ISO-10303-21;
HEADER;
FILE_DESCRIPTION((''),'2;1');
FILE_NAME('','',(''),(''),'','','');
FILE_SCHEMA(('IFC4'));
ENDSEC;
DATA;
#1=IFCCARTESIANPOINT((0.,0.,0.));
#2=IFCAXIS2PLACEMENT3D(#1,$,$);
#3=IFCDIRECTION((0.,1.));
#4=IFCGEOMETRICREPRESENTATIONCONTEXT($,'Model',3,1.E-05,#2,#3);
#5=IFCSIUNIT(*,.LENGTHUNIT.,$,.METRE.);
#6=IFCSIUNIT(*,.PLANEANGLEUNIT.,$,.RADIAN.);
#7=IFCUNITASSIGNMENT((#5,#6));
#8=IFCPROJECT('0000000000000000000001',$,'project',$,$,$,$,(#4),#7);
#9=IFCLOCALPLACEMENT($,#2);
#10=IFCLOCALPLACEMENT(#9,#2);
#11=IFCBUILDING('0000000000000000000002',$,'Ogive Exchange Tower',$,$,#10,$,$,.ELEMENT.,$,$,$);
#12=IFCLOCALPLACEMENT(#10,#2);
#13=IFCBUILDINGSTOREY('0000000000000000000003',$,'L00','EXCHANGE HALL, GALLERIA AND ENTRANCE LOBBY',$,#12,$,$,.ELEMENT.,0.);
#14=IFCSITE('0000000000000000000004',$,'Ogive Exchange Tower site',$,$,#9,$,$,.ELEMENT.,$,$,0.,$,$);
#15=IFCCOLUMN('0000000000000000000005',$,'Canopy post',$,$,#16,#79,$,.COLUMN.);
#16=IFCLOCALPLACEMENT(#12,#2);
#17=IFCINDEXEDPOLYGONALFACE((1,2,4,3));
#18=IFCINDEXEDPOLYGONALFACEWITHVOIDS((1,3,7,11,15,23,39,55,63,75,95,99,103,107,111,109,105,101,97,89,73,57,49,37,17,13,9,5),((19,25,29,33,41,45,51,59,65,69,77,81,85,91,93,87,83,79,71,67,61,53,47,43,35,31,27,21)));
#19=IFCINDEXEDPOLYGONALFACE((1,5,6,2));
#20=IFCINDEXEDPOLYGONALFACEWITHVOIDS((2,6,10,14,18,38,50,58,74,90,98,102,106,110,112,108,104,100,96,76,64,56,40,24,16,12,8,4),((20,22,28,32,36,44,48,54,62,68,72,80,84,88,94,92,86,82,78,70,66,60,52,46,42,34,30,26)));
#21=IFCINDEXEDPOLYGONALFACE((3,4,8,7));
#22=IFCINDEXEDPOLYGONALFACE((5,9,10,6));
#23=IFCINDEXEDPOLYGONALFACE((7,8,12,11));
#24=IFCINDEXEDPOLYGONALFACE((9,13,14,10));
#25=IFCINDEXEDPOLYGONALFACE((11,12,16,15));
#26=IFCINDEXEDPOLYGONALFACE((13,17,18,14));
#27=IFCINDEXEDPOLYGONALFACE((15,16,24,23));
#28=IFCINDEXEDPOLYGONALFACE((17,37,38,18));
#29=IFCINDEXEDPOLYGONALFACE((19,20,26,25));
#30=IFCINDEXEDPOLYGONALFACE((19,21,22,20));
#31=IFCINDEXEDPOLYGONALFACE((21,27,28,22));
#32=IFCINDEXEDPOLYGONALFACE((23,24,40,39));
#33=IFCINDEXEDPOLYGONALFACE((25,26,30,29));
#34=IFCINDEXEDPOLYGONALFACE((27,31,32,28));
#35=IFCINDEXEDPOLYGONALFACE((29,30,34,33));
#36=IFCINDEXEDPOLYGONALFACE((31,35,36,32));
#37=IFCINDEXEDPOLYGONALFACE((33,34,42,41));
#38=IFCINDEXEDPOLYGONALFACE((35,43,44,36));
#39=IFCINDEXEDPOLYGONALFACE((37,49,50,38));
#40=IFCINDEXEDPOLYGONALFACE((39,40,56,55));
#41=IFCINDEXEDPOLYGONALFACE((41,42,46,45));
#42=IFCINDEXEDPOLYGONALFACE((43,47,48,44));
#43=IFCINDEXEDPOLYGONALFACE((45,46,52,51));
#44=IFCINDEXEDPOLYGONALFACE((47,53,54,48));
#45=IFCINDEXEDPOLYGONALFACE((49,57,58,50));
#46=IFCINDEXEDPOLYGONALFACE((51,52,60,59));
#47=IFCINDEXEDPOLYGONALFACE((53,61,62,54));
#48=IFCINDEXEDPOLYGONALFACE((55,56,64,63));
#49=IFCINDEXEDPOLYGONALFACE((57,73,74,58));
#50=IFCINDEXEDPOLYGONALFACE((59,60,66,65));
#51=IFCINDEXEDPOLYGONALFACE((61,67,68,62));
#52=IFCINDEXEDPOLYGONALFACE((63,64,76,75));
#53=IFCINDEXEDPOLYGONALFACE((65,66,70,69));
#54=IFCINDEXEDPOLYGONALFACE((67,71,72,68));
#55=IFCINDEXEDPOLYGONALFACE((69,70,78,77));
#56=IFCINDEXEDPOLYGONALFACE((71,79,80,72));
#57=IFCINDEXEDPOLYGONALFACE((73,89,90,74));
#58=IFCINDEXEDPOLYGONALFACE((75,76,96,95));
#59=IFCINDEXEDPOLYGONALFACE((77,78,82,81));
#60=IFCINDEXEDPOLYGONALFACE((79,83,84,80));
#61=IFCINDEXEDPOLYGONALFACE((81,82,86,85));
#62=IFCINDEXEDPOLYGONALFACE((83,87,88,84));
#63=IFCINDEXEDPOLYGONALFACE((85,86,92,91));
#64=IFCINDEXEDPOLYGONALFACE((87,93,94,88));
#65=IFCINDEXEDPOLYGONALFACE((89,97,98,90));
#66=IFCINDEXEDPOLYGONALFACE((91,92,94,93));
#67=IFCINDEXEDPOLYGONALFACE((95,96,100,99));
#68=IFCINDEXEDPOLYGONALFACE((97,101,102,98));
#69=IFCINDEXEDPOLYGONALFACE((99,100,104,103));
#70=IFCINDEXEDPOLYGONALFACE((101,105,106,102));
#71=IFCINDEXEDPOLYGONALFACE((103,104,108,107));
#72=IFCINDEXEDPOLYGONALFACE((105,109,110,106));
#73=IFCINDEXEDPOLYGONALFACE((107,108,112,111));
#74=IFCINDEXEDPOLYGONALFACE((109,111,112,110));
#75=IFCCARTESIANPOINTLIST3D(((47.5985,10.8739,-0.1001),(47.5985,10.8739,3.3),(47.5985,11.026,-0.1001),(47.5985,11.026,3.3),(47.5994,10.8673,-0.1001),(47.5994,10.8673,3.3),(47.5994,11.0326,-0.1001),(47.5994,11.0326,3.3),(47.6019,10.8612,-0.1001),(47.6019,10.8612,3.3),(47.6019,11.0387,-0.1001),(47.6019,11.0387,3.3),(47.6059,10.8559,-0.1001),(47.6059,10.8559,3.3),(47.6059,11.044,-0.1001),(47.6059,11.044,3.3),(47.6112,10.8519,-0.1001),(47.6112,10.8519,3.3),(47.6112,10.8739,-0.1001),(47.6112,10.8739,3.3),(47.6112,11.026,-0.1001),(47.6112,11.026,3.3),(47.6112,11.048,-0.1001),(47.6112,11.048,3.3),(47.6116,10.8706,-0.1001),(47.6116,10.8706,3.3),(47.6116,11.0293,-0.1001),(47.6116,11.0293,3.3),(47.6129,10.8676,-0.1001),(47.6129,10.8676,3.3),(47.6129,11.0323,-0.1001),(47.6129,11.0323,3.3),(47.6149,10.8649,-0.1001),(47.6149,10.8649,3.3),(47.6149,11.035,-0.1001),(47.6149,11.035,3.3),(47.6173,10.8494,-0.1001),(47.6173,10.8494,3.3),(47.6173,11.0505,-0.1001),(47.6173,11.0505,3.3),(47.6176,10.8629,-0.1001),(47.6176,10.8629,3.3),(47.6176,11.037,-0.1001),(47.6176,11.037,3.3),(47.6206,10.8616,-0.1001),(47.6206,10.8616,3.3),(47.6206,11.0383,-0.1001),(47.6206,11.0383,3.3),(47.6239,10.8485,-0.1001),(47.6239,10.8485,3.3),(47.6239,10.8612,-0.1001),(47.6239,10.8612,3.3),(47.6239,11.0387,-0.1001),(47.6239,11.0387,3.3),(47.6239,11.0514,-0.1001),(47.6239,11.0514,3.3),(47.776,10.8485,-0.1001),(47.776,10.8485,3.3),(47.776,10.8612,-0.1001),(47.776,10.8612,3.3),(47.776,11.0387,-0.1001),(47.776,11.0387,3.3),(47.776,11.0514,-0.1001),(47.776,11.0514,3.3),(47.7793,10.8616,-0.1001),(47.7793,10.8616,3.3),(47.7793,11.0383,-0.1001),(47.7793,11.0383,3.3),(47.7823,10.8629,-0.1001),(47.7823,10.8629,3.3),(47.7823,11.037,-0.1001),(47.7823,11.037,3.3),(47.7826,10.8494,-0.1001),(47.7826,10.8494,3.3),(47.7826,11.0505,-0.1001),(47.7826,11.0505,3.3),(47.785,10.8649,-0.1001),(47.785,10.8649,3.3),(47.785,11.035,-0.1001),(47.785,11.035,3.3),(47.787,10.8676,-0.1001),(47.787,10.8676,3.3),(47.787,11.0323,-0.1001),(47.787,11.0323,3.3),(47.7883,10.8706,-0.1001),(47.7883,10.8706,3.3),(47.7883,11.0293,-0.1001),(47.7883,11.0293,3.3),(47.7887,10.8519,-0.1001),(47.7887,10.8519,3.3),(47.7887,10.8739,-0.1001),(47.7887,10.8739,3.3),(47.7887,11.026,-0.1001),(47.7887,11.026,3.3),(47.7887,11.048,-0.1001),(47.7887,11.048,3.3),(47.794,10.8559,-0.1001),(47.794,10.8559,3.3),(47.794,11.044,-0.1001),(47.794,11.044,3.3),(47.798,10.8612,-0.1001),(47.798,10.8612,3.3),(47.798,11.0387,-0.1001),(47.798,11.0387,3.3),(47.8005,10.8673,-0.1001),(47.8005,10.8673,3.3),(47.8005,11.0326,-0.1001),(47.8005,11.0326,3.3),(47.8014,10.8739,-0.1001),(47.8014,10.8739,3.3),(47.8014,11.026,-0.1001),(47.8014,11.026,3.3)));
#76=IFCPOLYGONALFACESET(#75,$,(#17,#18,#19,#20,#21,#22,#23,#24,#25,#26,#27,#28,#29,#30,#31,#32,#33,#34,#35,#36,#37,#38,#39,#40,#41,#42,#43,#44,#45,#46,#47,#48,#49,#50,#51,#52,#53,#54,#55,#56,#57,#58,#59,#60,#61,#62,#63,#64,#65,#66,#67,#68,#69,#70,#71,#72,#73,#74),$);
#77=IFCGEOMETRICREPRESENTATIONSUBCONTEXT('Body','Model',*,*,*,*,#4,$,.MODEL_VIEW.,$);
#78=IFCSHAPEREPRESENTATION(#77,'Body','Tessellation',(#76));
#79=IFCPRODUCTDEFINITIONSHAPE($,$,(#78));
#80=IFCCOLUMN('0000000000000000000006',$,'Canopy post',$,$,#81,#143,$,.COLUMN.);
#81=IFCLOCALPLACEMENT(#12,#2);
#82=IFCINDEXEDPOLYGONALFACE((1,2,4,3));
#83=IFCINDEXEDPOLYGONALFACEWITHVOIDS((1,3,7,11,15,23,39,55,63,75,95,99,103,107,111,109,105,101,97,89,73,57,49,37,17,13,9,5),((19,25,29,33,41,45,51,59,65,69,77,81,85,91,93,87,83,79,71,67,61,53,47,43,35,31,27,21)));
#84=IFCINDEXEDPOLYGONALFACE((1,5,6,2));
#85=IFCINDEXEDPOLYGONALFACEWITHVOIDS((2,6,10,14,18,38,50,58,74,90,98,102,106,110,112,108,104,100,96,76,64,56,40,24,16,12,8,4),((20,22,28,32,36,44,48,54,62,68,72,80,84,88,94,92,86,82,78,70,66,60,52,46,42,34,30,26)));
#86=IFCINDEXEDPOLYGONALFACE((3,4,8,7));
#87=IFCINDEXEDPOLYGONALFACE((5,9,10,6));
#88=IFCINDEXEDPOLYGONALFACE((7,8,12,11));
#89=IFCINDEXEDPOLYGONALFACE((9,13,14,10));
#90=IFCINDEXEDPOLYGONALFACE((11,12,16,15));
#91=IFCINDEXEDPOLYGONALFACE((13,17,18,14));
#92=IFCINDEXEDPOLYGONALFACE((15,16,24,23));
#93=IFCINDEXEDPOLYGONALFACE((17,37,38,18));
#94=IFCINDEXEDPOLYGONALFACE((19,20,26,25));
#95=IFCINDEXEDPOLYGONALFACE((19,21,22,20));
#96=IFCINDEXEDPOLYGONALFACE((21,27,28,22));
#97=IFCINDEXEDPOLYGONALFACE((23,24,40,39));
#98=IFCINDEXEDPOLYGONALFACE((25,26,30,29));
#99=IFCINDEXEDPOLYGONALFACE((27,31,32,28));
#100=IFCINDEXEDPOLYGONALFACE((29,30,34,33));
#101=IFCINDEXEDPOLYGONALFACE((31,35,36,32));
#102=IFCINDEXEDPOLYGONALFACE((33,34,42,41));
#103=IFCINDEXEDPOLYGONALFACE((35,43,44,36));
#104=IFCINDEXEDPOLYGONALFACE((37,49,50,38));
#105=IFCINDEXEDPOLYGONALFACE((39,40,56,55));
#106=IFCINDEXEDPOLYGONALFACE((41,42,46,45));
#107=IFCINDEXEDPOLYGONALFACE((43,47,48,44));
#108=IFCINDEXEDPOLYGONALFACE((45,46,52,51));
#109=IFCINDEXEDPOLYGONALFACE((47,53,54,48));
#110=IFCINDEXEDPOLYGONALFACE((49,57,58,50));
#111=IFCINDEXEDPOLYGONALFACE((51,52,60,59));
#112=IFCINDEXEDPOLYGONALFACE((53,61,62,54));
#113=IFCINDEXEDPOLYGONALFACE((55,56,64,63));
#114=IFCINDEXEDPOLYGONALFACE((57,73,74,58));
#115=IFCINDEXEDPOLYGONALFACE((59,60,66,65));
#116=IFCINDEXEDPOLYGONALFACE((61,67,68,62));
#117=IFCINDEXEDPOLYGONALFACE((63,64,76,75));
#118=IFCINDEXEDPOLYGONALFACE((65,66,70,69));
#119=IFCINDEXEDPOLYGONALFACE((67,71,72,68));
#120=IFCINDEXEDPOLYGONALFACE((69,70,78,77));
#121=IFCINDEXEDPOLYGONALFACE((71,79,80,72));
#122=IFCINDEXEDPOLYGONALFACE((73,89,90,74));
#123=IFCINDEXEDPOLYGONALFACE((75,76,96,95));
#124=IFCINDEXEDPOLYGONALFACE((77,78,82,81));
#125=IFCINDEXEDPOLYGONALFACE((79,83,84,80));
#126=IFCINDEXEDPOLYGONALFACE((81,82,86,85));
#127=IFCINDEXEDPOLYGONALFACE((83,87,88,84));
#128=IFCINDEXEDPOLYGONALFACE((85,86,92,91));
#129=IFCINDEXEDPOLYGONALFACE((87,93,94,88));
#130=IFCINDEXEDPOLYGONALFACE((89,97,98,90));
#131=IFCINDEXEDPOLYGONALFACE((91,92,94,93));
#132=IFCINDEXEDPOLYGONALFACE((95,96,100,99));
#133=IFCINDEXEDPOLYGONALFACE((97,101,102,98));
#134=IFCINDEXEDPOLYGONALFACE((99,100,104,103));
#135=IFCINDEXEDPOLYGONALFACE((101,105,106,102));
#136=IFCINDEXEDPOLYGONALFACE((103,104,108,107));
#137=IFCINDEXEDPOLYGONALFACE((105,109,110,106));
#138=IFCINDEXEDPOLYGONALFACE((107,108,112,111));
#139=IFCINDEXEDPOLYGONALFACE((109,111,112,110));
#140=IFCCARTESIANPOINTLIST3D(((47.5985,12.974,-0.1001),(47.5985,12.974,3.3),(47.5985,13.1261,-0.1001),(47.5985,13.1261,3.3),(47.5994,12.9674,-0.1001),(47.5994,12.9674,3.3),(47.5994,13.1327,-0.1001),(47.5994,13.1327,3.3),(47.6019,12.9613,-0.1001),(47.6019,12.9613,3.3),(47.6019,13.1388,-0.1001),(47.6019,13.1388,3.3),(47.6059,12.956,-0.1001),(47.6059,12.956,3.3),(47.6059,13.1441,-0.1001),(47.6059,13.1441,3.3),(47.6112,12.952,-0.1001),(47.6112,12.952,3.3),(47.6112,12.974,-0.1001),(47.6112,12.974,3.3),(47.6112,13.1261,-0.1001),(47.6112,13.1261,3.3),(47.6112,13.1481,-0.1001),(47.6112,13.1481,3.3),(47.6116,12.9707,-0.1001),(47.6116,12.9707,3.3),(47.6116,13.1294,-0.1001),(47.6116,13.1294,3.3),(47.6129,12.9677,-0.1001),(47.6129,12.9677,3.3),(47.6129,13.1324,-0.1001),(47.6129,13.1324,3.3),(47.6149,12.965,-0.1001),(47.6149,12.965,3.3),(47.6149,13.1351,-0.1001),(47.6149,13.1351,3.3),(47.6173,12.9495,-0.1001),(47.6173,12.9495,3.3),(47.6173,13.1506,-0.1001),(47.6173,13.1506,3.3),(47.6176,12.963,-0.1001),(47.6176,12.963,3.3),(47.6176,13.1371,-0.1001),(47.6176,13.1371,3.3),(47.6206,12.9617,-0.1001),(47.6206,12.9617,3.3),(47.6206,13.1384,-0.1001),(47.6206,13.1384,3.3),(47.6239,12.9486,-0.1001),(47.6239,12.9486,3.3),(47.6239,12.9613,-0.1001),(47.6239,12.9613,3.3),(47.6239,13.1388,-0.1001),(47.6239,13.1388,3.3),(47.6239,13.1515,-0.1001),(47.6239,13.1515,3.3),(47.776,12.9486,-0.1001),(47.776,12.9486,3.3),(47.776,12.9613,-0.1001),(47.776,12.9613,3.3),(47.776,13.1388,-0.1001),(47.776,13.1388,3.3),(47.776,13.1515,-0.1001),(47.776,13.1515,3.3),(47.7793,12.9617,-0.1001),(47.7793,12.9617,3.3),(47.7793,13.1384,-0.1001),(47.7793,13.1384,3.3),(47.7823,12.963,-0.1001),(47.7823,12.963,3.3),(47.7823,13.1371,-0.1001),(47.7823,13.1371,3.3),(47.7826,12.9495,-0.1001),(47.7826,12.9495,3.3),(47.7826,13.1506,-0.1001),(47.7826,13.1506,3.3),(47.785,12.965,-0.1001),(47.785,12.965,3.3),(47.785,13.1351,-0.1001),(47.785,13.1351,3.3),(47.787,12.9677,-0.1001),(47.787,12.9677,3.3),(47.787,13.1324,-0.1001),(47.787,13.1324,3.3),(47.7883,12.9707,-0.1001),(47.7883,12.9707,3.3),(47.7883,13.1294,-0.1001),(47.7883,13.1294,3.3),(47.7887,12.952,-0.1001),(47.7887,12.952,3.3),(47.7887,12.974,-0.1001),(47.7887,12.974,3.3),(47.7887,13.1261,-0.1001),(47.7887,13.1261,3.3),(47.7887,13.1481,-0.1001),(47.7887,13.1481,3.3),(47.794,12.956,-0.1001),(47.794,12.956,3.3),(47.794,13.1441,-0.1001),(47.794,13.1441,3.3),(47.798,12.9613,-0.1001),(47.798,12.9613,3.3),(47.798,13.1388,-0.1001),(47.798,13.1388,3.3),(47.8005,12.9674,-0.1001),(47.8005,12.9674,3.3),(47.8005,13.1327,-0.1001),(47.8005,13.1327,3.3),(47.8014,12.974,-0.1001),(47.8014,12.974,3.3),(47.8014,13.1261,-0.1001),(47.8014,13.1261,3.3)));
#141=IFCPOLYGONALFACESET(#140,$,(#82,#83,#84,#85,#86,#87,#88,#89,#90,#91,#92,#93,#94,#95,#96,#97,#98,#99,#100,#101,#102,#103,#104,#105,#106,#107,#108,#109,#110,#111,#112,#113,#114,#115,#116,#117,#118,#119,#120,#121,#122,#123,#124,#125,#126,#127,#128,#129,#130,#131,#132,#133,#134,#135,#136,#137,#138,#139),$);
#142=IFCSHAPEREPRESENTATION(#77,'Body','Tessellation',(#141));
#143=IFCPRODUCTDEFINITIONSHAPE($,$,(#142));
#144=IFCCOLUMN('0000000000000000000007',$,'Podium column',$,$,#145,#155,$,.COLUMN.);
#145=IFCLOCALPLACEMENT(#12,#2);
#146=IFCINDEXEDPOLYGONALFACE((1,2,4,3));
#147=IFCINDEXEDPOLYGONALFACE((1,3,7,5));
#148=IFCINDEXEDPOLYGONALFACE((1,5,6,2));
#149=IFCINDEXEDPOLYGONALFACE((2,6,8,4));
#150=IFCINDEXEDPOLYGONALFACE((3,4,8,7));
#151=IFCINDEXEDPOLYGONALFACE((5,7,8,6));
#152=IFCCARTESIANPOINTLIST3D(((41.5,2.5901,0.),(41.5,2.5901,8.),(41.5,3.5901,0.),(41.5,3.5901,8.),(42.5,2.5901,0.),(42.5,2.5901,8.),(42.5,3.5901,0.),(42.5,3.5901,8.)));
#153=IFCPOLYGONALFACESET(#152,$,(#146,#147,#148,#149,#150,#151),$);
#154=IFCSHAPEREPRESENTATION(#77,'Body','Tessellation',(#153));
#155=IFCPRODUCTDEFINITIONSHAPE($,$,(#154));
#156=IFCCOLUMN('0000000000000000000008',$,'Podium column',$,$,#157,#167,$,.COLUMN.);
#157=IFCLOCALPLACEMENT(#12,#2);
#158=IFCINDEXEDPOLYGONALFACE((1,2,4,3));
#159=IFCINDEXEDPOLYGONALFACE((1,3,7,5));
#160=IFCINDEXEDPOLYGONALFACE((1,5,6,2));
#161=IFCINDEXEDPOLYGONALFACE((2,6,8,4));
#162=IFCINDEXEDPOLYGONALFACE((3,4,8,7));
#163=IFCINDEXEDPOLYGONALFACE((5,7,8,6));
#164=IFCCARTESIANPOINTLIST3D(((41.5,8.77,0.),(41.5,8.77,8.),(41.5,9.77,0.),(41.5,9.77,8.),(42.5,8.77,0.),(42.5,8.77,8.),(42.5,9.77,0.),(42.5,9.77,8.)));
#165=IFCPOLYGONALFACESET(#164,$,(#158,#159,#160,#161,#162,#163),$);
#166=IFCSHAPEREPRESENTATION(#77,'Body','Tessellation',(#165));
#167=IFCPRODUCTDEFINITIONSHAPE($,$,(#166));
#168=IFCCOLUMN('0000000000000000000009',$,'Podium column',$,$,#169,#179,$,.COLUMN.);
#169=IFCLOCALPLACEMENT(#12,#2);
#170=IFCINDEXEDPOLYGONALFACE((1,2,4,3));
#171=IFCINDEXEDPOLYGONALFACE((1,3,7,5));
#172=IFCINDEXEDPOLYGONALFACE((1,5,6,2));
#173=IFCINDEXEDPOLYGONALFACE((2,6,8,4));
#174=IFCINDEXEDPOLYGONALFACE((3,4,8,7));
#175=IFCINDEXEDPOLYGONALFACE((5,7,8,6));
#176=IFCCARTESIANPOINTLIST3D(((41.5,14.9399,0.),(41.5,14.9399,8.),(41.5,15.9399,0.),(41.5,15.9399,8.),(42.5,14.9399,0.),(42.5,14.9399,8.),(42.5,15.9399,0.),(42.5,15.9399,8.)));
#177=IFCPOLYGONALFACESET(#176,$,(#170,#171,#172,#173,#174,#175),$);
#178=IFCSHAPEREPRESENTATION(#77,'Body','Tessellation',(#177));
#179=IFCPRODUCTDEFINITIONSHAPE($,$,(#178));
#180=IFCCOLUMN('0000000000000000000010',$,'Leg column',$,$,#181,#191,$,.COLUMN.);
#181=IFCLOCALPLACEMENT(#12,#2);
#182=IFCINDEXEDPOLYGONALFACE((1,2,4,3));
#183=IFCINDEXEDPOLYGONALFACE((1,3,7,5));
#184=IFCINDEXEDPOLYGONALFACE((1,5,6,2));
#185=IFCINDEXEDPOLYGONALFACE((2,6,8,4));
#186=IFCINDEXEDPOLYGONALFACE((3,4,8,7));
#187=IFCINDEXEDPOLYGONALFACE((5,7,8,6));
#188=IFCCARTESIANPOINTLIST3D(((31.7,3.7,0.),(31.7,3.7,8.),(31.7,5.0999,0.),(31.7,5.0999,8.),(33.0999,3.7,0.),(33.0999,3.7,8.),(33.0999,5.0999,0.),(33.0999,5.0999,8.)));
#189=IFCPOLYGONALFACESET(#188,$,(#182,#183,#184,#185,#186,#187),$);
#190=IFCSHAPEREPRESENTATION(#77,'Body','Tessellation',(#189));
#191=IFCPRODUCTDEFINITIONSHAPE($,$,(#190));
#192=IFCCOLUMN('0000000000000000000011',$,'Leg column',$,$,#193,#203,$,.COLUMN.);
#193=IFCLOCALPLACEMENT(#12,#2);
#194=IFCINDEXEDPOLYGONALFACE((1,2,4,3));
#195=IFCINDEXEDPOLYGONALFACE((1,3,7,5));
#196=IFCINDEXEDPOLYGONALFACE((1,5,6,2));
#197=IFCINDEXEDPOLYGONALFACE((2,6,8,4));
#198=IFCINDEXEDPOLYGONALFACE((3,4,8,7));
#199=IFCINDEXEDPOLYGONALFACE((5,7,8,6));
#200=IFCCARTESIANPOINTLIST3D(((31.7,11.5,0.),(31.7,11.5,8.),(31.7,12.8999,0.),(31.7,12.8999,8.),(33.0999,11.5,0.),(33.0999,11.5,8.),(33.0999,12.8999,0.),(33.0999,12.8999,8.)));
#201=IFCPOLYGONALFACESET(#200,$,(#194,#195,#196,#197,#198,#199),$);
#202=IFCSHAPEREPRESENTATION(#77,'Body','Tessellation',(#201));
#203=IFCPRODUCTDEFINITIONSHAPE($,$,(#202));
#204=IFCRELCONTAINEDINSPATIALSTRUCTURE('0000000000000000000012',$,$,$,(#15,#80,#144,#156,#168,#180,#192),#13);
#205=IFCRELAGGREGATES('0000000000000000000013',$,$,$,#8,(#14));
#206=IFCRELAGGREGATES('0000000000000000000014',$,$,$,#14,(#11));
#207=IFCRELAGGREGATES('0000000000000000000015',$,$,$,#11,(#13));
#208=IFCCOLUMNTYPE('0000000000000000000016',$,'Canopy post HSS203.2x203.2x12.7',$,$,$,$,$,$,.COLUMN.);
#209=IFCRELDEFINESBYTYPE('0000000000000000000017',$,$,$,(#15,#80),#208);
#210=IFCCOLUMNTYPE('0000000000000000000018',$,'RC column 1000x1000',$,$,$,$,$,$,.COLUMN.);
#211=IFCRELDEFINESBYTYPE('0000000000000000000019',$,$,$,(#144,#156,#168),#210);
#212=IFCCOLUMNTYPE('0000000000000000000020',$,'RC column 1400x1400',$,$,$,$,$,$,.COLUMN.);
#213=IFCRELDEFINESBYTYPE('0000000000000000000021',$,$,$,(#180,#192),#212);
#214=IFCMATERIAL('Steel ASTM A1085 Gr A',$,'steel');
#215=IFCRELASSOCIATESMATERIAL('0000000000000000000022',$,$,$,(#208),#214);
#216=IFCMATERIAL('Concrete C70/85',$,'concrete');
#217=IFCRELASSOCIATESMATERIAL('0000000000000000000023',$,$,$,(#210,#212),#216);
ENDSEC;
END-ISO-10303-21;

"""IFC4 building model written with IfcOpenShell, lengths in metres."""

from ifc_helpers import new_model, si_unit, direction, frame, origin, origin_2d, place, context, subcontext, project, spatial, rectangle, hollow_rectangle, extrude, material, material_profile, profile_set, type_object, element, save


model = new_model("IFC4")

# Units and contexts
model_context = context("Model", 3, precision=1e-05, world=origin(), true_north=direction((0.0, 1.0)))
body_context = subcontext(model_context, "Body", "Model", "MODEL_VIEW")
ifc_project = project(units=[si_unit("LENGTHUNIT", "METRE"), si_unit("PLANEANGLEUNIT", "RADIAN")], contexts=[model_context])

# Site, building, storey
site_placement = place(None, origin())
site = spatial("IfcSite", under=ifc_project, at=site_placement, Name="Ogive Exchange Tower site", CompositionType="ELEMENT", RefElevation=0.0)
building_placement = place(site_placement, origin())
building = spatial("IfcBuilding", under=site, at=building_placement, Name="Ogive Exchange Tower", CompositionType="ELEMENT")
storey_placement = place(building_placement, origin())
storey = spatial("IfcBuildingStorey", under=building, at=storey_placement, Name="L00", Description="EXCHANGE HALL, GALLERIA AND ENTRANCE LOBBY", CompositionType="ELEMENT", Elevation=0.0)

# Columns
ifc_material_1 = material(Name="Steel ASTM A1085 Gr A", Category="steel")
ifc_material_profile_1 = material_profile(ifc_material_1, hollow_rectangle(XDim=0.2029, YDim=0.2029, WallThickness=0.0127, InnerFilletRadius=0.0127, OuterFilletRadius=0.0254, at=origin_2d()), Name="HSS203.2x203.2x12.7")
ifc_profile_set_1 = profile_set([ifc_material_profile_1], Name="Steel ASTM A1085 Gr A")
column_type_1 = type_object("IfcColumnType", Name="Canopy post HSS203.2x203.2x12.7", PredefinedType="COLUMN", material=ifc_profile_set_1)
for number, where, z_axis, x_axis, name in (
    (1, (47.7, 10.95, -0.1001), (0.0, 0.0, 1.0), (0.0, 1.0, 0.0), "Canopy post"),
    (2, (47.7, 13.05, -0.1001), (0.0, 0.0, 1.0), (0.0, 1.0, 0.0), "Canopy post"),
):
    element("IfcColumn", number, at=place(storey_placement, frame(where, z_axis=z_axis, x_axis=x_axis)), inside=storey, type_object=column_type_1, Name=name, PredefinedType="COLUMN", context=body_context, shape_type="SweptSolid", body=[
        extrude(hollow_rectangle(XDim=0.2029, YDim=0.2029, WallThickness=0.0127, InnerFilletRadius=0.0127, OuterFilletRadius=0.0254, at=origin_2d()), origin(), (0.0, 0.0, 1.0), 3.4001),
    ])
ifc_material_2 = material(Name="Concrete C70/85", Category="concrete")
ifc_material_profile_2 = material_profile(ifc_material_2, rectangle(XDim=1.0, YDim=1.0, at=origin_2d()), Name="RC 1000x1000")
ifc_profile_set_2 = profile_set([ifc_material_profile_2], Name="Concrete C70/85")
column_type_2 = type_object("IfcColumnType", Name="RC column 1000x1000", PredefinedType="COLUMN", material=ifc_profile_set_2)
for number, where, z_axis, x_axis, name in (
    (3, (42.0, 3.0901, 0.0), (0.0, 0.0, 1.0), (1.0, 0.0, 0.0), "Podium column"),
    (4, (42.0, 9.27, 0.0), (0.0, 0.0, 1.0), (1.0, 0.0, 0.0), "Podium column"),
    (5, (42.0, 15.4399, 0.0), (0.0, 0.0, 1.0), (1.0, 0.0, 0.0), "Podium column"),
):
    element("IfcColumn", number, at=place(storey_placement, frame(where, z_axis=z_axis, x_axis=x_axis)), inside=storey, type_object=column_type_2, Name=name, PredefinedType="COLUMN", context=body_context, shape_type="SweptSolid", body=[
        extrude(rectangle(XDim=1.0, YDim=1.0, at=origin_2d()), origin(), (0.0, 0.0, 1.0), 8.0),
    ])
ifc_material_profile_3 = material_profile(ifc_material_2, rectangle(XDim=1.3999, YDim=1.3999, at=origin_2d()), Name="RC 1400x1400")
ifc_profile_set_3 = profile_set([ifc_material_profile_3], Name="Concrete C70/85")
column_type_3 = type_object("IfcColumnType", Name="RC column 1400x1400", PredefinedType="COLUMN", material=ifc_profile_set_3)
for number, where, z_axis, x_axis, name in (
    (6, (32.3999, 4.3999, 0.0), (0.0, 0.0, 1.0), (1.0, 0.0, 0.0), "Leg column"),
    (7, (32.3999, 12.2, 0.0), (0.0, 0.0, 1.0), (1.0, 0.0, 0.0), "Leg column"),
):
    element("IfcColumn", number, at=place(storey_placement, frame(where, z_axis=z_axis, x_axis=x_axis)), inside=storey, type_object=column_type_3, Name=name, PredefinedType="COLUMN", context=body_context, shape_type="SweptSolid", body=[
        extrude(rectangle(XDim=1.3999, YDim=1.3999, at=origin_2d()), origin(), (0.0, 0.0, 1.0), 8.0),
    ])

save(model, "model.ifc")
